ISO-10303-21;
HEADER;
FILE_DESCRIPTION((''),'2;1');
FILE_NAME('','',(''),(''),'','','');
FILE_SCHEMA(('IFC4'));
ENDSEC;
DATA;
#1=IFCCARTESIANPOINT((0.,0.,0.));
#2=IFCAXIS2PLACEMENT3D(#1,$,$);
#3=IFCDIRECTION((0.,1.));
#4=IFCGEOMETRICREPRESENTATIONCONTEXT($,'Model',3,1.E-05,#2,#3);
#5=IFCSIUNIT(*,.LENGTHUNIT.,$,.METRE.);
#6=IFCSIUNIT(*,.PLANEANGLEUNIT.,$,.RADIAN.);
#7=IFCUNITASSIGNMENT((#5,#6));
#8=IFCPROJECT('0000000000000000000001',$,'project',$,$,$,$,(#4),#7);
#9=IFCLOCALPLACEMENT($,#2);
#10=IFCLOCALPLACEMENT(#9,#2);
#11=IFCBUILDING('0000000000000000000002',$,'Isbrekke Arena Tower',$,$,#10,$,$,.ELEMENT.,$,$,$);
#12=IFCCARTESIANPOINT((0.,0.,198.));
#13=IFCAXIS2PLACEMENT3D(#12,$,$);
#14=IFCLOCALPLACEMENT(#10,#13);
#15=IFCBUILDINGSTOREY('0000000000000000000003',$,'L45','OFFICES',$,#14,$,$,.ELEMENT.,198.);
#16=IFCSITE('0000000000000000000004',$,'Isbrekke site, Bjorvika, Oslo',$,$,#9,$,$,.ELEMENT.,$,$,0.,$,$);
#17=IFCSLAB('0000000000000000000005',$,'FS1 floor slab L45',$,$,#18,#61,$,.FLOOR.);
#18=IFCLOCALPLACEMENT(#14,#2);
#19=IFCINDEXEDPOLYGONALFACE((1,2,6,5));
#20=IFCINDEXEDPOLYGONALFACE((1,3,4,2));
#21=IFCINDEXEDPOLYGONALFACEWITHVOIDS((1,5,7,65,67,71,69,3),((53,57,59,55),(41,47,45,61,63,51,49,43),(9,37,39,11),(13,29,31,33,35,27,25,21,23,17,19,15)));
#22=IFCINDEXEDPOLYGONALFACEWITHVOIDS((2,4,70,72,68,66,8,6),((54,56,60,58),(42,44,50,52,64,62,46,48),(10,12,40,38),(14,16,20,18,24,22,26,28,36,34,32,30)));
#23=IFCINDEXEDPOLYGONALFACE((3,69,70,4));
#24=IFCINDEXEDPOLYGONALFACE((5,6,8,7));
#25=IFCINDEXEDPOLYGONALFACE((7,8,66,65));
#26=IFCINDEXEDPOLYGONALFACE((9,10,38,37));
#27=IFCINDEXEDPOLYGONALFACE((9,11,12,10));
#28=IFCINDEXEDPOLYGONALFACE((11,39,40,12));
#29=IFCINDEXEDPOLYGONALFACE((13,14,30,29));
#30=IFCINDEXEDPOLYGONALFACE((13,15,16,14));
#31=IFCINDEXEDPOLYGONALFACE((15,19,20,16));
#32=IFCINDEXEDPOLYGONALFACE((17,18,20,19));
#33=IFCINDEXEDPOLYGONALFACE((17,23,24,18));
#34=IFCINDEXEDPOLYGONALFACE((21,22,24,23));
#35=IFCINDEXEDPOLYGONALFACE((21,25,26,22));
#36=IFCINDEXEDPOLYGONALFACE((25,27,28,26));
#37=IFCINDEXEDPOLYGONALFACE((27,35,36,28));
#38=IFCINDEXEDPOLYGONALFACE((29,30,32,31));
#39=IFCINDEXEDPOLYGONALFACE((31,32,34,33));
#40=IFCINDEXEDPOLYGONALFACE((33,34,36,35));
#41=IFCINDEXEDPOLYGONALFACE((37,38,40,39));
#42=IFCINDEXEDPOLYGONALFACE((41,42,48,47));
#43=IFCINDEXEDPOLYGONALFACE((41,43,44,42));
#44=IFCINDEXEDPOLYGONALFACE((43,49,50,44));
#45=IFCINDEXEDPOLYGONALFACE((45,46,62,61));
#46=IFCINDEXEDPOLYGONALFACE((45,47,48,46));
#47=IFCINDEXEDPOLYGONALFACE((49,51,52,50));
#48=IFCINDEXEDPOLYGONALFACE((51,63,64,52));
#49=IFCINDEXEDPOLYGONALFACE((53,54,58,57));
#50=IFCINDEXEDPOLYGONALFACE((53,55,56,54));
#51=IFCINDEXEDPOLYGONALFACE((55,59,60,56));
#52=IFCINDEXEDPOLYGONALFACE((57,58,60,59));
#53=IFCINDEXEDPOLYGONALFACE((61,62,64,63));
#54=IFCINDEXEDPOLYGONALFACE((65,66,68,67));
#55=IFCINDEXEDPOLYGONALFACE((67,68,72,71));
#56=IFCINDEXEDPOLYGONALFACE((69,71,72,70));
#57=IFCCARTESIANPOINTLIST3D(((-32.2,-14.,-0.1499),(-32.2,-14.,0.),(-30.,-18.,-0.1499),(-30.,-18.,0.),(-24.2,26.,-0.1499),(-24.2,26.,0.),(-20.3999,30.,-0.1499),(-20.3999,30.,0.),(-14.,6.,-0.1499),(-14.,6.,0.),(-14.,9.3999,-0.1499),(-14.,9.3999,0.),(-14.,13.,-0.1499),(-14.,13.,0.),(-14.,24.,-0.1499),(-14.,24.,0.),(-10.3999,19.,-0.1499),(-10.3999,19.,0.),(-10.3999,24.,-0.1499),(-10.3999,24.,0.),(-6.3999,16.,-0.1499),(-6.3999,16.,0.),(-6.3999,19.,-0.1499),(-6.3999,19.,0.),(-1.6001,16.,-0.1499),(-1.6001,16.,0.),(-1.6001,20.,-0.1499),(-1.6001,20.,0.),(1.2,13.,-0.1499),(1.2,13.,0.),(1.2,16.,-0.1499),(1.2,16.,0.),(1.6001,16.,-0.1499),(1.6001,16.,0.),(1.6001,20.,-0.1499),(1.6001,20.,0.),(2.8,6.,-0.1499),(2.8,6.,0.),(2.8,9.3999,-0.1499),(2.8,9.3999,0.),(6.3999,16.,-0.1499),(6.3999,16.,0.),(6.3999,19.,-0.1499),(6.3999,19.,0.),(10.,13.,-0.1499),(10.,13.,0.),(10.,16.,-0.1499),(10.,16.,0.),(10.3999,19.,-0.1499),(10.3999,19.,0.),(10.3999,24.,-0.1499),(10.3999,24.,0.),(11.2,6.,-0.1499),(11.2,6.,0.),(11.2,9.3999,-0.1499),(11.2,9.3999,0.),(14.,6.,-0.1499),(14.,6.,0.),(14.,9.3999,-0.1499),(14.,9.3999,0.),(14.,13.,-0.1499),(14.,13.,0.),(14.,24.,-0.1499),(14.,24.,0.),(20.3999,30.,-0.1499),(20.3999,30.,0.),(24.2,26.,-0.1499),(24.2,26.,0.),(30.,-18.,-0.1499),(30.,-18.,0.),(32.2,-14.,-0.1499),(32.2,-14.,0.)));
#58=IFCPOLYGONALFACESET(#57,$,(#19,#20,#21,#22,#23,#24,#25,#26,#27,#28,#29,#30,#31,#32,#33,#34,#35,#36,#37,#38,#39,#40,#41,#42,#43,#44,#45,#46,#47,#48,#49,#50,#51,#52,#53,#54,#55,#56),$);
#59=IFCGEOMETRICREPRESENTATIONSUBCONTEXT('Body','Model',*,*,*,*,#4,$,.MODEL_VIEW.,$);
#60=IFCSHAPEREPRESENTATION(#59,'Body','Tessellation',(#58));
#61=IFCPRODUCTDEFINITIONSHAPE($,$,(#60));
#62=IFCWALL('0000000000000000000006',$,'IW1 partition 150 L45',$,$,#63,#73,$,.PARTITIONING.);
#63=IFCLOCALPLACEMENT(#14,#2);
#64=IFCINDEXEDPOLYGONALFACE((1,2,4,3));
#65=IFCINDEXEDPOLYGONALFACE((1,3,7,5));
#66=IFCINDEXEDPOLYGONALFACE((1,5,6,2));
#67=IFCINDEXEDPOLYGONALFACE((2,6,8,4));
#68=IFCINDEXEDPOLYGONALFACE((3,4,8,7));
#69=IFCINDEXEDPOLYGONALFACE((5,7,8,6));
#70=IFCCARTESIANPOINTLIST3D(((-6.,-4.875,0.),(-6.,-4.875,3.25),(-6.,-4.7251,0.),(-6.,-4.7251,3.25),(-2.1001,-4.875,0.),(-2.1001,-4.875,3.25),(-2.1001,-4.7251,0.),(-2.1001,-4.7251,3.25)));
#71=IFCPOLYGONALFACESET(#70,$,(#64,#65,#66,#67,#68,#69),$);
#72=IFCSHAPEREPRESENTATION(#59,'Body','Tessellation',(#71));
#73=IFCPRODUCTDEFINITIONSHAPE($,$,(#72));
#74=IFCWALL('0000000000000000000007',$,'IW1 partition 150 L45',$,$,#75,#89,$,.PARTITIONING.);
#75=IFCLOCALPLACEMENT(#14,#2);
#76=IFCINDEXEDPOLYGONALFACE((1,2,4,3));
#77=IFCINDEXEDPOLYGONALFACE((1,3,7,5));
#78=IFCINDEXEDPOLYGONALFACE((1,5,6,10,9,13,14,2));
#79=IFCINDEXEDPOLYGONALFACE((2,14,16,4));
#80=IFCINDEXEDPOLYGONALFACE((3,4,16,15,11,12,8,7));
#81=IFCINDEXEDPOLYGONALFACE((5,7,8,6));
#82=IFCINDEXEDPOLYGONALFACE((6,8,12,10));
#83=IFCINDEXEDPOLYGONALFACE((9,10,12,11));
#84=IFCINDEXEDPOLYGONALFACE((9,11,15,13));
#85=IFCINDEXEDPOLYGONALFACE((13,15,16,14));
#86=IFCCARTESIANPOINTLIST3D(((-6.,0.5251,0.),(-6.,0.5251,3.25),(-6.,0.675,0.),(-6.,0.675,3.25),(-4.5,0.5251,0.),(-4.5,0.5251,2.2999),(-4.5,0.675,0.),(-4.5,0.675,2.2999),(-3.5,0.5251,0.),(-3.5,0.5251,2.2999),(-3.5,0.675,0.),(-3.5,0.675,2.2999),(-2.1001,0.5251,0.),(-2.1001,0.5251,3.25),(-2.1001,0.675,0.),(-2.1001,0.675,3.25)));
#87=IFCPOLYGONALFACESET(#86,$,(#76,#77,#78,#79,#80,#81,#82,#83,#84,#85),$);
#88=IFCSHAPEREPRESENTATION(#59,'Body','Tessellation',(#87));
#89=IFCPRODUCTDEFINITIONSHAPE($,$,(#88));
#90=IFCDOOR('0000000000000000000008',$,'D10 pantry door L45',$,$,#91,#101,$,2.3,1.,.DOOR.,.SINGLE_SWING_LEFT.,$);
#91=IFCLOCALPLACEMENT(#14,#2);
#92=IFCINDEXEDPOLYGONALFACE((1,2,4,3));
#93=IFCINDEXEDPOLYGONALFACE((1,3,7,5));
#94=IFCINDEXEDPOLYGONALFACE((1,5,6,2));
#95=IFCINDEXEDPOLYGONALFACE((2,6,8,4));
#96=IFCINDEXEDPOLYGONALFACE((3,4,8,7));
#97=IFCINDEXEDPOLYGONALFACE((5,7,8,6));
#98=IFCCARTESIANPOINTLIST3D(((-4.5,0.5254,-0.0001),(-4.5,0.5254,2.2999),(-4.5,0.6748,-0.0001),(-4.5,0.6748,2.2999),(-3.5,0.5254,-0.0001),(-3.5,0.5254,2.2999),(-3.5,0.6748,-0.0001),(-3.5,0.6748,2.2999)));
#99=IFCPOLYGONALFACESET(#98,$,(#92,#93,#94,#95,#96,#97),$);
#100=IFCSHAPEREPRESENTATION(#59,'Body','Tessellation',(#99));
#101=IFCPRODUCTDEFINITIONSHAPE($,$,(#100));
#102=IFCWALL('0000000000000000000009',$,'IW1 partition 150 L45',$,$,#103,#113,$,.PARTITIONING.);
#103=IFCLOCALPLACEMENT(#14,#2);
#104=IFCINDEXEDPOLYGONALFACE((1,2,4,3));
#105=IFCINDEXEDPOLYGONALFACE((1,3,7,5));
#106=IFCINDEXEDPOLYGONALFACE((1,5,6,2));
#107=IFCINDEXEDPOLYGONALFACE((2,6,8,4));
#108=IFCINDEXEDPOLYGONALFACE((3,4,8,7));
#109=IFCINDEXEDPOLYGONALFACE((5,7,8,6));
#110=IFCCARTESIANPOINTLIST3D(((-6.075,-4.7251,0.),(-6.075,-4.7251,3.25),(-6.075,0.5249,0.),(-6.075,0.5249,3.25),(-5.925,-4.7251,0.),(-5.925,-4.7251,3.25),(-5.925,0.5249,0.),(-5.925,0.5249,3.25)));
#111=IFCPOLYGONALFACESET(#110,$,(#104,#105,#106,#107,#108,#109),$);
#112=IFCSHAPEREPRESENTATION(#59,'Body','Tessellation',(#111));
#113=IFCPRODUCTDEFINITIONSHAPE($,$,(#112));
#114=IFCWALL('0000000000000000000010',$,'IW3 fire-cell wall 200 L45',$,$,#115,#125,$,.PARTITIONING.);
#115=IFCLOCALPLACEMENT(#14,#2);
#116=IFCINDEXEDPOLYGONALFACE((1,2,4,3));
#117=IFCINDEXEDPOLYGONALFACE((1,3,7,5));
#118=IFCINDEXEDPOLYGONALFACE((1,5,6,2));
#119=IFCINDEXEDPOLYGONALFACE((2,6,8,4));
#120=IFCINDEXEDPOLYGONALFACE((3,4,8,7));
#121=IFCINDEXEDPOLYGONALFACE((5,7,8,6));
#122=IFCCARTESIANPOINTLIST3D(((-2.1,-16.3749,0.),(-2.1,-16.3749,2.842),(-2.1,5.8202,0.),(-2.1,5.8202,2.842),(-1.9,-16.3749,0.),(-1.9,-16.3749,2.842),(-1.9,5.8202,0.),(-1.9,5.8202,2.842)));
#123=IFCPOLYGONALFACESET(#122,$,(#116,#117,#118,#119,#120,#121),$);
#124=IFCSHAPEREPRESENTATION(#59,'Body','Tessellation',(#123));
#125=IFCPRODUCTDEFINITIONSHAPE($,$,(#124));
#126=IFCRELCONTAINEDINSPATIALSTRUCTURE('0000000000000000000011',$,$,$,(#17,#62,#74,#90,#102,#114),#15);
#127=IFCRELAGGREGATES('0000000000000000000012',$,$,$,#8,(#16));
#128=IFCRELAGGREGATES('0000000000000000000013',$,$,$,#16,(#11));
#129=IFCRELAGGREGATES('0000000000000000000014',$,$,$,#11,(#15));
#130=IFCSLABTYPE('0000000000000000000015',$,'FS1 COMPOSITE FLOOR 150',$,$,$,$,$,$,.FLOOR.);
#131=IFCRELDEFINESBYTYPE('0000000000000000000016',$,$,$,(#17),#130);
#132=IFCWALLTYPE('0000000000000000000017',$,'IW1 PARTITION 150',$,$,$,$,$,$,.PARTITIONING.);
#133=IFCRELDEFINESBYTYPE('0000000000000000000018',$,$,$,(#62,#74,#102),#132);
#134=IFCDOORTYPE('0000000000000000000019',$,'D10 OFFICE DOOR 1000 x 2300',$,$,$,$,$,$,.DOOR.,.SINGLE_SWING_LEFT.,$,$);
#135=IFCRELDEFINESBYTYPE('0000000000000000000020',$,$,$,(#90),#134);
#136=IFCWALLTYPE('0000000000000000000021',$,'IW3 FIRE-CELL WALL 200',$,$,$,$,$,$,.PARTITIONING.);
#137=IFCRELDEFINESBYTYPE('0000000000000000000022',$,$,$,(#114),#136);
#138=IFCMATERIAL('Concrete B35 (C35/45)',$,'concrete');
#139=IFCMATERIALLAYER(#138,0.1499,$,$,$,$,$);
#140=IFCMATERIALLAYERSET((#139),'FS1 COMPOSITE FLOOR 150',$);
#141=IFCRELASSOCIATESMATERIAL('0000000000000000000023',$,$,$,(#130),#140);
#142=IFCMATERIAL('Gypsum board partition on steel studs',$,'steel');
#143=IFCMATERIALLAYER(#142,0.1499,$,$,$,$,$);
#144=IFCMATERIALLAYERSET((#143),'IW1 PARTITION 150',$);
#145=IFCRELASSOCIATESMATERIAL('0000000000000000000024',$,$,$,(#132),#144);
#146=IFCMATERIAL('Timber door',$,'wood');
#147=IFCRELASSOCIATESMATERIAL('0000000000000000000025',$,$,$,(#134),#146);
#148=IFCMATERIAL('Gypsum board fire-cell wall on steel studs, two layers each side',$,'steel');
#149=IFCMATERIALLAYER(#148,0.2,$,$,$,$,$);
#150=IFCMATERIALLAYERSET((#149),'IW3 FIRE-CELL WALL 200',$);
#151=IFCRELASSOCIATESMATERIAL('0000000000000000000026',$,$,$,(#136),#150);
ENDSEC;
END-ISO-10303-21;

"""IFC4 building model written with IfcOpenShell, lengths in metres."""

from ifc_helpers import new_model, si_unit, direction, frame, frame_2d, origin, place, context, subcontext, project, spatial, polyline, rectangle, outline, extrude, material, layer, layer_set, type_object, element, fill, save


model = new_model("IFC4")

# Units and contexts
model_context = context("Model", 3, precision=1e-05, world=origin(), true_north=direction((0.0, 1.0)))
body_context = subcontext(model_context, "Body", "Model", "MODEL_VIEW")
ifc_project = project(units=[si_unit("LENGTHUNIT", "METRE"), si_unit("PLANEANGLEUNIT", "RADIAN")], contexts=[model_context])

# Site, building, storey
site_placement = place(None, origin())
site = spatial("IfcSite", under=ifc_project, at=site_placement, Name="Isbrekke site, Bjorvika, Oslo", CompositionType="ELEMENT", RefElevation=0.0)
building_placement = place(site_placement, origin())
building = spatial("IfcBuilding", under=site, at=building_placement, Name="Isbrekke Arena Tower", CompositionType="ELEMENT")
storey_placement = place(building_placement, frame((0.0, 0.0, 198.0)))
storey = spatial("IfcBuildingStorey", under=building, at=storey_placement, Name="L45", Description="OFFICES", CompositionType="ELEMENT", Elevation=198.0)

# Slab
ifc_material_1 = material(Name="Concrete B35 (C35/45)", Category="concrete")
ifc_layer_1 = layer(ifc_material_1, 0.1499)
ifc_layer_set_1 = layer_set([ifc_layer_1], Name="FS1 COMPOSITE FLOOR 150")
slab_type = type_object("IfcSlabType", Name="FS1 COMPOSITE FLOOR 150", PredefinedType="FLOOR", material=ifc_layer_set_1)
slab_placement = place(storey_placement, frame((0.0, 0.0, -0.1499)))
element("IfcSlab", 1, at=slab_placement, inside=storey, type_object=slab_type, Name="FS1 floor slab L45", PredefinedType="FLOOR", context=body_context, shape_type="SweptSolid", body=[
    extrude(outline(polyline([(-30.0, -18.0), (30.0, -18.0), (32.2, -14.0), (24.2, 26.0), (20.3999, 30.0), (-20.3999, 30.0), (-24.2, 26.0), (-32.2, -14.0), (-30.0, -18.0)]), holes=[polyline([(2.8, 9.3999), (2.8, 6.0), (-14.0, 6.0), (-14.0, 9.3999), (2.8, 9.3999)]), polyline([(11.2, 6.0), (11.2, 9.3999), (14.0, 9.3999), (14.0, 6.0), (11.2, 6.0)]), polyline([(-14.0, 13.0), (-14.0, 24.0), (-10.3999, 24.0), (-10.3999, 19.0), (-6.3999, 19.0), (-6.3999, 16.0), (-1.6001, 16.0), (-1.6001, 20.0), (1.6001, 20.0), (1.6001, 16.0), (1.2, 16.0), (1.2, 13.0), (-14.0, 13.0)]), polyline([(10.0, 13.0), (10.0, 16.0), (6.3999, 16.0), (6.3999, 19.0), (10.3999, 19.0), (10.3999, 24.0), (14.0, 24.0), (14.0, 13.0), (10.0, 13.0)])]), origin(), (0.0, 0.0, 1.0), 0.1499),
])

# Wall
ifc_material_2 = material(Name="Gypsum board partition on steel studs", Category="steel")
ifc_layer_2 = layer(ifc_material_2, 0.1499)
ifc_layer_set_2 = layer_set([ifc_layer_2], Name="IW1 PARTITION 150")
wall_type_1 = type_object("IfcWallType", Name="IW1 PARTITION 150", PredefinedType="PARTITIONING", material=ifc_layer_set_2)
wall_1_placement = place(storey_placement, frame((-6.0, -4.8, 0.0), z_axis=(0.0, 0.0, 1.0), x_axis=(1.0, 0.0, 0.0)))
element("IfcWall", 2, at=wall_1_placement, inside=storey, type_object=wall_type_1, Name="IW1 partition 150 L45", PredefinedType="PARTITIONING", context=body_context, shape_type="SweptSolid", body=[
    extrude(rectangle(XDim=3.8999, YDim=0.1499, at=frame_2d((1.95, 0.0))), origin(), (0.0, 0.0, 1.0), 3.25),
])

# Wall, opening, door
wall_2_placement = place(storey_placement, frame((-6.0, 0.6001, 0.0), z_axis=(0.0, 0.0, 1.0), x_axis=(1.0, 0.0, 0.0)))
wall_2 = element("IfcWall", 3, at=wall_2_placement, inside=storey, type_object=wall_type_1, Name="IW1 partition 150 L45", PredefinedType="PARTITIONING", context=body_context, shape_type="SweptSolid", body=[
    extrude(rectangle(XDim=3.8999, YDim=0.1499, at=frame_2d((1.95, 0.0))), origin(), (0.0, 0.0, 1.0), 3.25),
])
opening_placement = place(wall_2_placement, frame((1.5, 0.0, 0.0)))
opening = element("IfcOpeningElement", 4, at=opening_placement, cuts=wall_2, PredefinedType="OPENING", context=body_context, shape_type="SweptSolid", body=[
    extrude(rectangle(XDim=1.0, YDim=2.3, at=frame_2d((0.5, 1.1499))), frame((0.0, 0.0898, 0.0), z_axis=(0.0, -1.0, 0.0), x_axis=(1.0, 0.0, 0.0)), (0.0, 0.0, 1.0), 0.1797),
])
ifc_material_3 = material(Name="Timber door", Category="wood")
door_type = type_object("IfcDoorType", Name="D10 OFFICE DOOR 1000 x 2300", OperationType="SINGLE_SWING_LEFT", PredefinedType="DOOR", material=ifc_material_3)
door_placement = place(opening_placement, origin())
door = element("IfcDoor", 5, at=door_placement, inside=storey, type_object=door_type, Name="D10 pantry door L45", OperationType="SINGLE_SWING_LEFT", OverallHeight=2.3, OverallWidth=1.0, PredefinedType="DOOR", context=body_context, shape_type="SweptSolid", body=[
    extrude(rectangle(XDim=1.0, YDim=2.3, at=frame_2d((0.5, 1.1499))), frame((0.0, 0.0747, 0.0), z_axis=(0.0, -1.0, 0.0), x_axis=(1.0, 0.0, 0.0)), (0.0, 0.0, 1.0), 0.1494),
])
fill(opening, door)

# Walls
wall_3_placement = place(storey_placement, frame((-6.0, -4.7251, 0.0), z_axis=(0.0, 0.0, 1.0), x_axis=(0.0, 1.0, 0.0)))
element("IfcWall", 6, at=wall_3_placement, inside=storey, type_object=wall_type_1, Name="IW1 partition 150 L45", PredefinedType="PARTITIONING", context=body_context, shape_type="SweptSolid", body=[
    extrude(rectangle(XDim=5.25, YDim=0.1499, at=frame_2d((2.625, 0.0))), origin(), (0.0, 0.0, 1.0), 3.25),
])
ifc_material_4 = material(Name="Gypsum board fire-cell wall on steel studs, two layers each side", Category="steel")
ifc_layer_3 = layer(ifc_material_4, 0.2)
ifc_layer_set_3 = layer_set([ifc_layer_3], Name="IW3 FIRE-CELL WALL 200")
wall_type_2 = type_object("IfcWallType", Name="IW3 FIRE-CELL WALL 200", PredefinedType="PARTITIONING", material=ifc_layer_set_3)
wall_4_placement = place(storey_placement, frame((-2.0, -16.375, 0.0), z_axis=(0.0, 0.0, 1.0), x_axis=(0.0, 1.0, 0.0)))
element("IfcWall", 7, at=wall_4_placement, inside=storey, type_object=wall_type_2, Name="IW3 fire-cell wall 200 L45", PredefinedType="PARTITIONING", context=body_context, shape_type="SweptSolid", body=[
    extrude(rectangle(XDim=22.1951, YDim=0.2, at=frame_2d((11.0977, 0.0))), origin(), (0.0, 0.0, 1.0), 2.842),
])

save(model, "model.ifc")
